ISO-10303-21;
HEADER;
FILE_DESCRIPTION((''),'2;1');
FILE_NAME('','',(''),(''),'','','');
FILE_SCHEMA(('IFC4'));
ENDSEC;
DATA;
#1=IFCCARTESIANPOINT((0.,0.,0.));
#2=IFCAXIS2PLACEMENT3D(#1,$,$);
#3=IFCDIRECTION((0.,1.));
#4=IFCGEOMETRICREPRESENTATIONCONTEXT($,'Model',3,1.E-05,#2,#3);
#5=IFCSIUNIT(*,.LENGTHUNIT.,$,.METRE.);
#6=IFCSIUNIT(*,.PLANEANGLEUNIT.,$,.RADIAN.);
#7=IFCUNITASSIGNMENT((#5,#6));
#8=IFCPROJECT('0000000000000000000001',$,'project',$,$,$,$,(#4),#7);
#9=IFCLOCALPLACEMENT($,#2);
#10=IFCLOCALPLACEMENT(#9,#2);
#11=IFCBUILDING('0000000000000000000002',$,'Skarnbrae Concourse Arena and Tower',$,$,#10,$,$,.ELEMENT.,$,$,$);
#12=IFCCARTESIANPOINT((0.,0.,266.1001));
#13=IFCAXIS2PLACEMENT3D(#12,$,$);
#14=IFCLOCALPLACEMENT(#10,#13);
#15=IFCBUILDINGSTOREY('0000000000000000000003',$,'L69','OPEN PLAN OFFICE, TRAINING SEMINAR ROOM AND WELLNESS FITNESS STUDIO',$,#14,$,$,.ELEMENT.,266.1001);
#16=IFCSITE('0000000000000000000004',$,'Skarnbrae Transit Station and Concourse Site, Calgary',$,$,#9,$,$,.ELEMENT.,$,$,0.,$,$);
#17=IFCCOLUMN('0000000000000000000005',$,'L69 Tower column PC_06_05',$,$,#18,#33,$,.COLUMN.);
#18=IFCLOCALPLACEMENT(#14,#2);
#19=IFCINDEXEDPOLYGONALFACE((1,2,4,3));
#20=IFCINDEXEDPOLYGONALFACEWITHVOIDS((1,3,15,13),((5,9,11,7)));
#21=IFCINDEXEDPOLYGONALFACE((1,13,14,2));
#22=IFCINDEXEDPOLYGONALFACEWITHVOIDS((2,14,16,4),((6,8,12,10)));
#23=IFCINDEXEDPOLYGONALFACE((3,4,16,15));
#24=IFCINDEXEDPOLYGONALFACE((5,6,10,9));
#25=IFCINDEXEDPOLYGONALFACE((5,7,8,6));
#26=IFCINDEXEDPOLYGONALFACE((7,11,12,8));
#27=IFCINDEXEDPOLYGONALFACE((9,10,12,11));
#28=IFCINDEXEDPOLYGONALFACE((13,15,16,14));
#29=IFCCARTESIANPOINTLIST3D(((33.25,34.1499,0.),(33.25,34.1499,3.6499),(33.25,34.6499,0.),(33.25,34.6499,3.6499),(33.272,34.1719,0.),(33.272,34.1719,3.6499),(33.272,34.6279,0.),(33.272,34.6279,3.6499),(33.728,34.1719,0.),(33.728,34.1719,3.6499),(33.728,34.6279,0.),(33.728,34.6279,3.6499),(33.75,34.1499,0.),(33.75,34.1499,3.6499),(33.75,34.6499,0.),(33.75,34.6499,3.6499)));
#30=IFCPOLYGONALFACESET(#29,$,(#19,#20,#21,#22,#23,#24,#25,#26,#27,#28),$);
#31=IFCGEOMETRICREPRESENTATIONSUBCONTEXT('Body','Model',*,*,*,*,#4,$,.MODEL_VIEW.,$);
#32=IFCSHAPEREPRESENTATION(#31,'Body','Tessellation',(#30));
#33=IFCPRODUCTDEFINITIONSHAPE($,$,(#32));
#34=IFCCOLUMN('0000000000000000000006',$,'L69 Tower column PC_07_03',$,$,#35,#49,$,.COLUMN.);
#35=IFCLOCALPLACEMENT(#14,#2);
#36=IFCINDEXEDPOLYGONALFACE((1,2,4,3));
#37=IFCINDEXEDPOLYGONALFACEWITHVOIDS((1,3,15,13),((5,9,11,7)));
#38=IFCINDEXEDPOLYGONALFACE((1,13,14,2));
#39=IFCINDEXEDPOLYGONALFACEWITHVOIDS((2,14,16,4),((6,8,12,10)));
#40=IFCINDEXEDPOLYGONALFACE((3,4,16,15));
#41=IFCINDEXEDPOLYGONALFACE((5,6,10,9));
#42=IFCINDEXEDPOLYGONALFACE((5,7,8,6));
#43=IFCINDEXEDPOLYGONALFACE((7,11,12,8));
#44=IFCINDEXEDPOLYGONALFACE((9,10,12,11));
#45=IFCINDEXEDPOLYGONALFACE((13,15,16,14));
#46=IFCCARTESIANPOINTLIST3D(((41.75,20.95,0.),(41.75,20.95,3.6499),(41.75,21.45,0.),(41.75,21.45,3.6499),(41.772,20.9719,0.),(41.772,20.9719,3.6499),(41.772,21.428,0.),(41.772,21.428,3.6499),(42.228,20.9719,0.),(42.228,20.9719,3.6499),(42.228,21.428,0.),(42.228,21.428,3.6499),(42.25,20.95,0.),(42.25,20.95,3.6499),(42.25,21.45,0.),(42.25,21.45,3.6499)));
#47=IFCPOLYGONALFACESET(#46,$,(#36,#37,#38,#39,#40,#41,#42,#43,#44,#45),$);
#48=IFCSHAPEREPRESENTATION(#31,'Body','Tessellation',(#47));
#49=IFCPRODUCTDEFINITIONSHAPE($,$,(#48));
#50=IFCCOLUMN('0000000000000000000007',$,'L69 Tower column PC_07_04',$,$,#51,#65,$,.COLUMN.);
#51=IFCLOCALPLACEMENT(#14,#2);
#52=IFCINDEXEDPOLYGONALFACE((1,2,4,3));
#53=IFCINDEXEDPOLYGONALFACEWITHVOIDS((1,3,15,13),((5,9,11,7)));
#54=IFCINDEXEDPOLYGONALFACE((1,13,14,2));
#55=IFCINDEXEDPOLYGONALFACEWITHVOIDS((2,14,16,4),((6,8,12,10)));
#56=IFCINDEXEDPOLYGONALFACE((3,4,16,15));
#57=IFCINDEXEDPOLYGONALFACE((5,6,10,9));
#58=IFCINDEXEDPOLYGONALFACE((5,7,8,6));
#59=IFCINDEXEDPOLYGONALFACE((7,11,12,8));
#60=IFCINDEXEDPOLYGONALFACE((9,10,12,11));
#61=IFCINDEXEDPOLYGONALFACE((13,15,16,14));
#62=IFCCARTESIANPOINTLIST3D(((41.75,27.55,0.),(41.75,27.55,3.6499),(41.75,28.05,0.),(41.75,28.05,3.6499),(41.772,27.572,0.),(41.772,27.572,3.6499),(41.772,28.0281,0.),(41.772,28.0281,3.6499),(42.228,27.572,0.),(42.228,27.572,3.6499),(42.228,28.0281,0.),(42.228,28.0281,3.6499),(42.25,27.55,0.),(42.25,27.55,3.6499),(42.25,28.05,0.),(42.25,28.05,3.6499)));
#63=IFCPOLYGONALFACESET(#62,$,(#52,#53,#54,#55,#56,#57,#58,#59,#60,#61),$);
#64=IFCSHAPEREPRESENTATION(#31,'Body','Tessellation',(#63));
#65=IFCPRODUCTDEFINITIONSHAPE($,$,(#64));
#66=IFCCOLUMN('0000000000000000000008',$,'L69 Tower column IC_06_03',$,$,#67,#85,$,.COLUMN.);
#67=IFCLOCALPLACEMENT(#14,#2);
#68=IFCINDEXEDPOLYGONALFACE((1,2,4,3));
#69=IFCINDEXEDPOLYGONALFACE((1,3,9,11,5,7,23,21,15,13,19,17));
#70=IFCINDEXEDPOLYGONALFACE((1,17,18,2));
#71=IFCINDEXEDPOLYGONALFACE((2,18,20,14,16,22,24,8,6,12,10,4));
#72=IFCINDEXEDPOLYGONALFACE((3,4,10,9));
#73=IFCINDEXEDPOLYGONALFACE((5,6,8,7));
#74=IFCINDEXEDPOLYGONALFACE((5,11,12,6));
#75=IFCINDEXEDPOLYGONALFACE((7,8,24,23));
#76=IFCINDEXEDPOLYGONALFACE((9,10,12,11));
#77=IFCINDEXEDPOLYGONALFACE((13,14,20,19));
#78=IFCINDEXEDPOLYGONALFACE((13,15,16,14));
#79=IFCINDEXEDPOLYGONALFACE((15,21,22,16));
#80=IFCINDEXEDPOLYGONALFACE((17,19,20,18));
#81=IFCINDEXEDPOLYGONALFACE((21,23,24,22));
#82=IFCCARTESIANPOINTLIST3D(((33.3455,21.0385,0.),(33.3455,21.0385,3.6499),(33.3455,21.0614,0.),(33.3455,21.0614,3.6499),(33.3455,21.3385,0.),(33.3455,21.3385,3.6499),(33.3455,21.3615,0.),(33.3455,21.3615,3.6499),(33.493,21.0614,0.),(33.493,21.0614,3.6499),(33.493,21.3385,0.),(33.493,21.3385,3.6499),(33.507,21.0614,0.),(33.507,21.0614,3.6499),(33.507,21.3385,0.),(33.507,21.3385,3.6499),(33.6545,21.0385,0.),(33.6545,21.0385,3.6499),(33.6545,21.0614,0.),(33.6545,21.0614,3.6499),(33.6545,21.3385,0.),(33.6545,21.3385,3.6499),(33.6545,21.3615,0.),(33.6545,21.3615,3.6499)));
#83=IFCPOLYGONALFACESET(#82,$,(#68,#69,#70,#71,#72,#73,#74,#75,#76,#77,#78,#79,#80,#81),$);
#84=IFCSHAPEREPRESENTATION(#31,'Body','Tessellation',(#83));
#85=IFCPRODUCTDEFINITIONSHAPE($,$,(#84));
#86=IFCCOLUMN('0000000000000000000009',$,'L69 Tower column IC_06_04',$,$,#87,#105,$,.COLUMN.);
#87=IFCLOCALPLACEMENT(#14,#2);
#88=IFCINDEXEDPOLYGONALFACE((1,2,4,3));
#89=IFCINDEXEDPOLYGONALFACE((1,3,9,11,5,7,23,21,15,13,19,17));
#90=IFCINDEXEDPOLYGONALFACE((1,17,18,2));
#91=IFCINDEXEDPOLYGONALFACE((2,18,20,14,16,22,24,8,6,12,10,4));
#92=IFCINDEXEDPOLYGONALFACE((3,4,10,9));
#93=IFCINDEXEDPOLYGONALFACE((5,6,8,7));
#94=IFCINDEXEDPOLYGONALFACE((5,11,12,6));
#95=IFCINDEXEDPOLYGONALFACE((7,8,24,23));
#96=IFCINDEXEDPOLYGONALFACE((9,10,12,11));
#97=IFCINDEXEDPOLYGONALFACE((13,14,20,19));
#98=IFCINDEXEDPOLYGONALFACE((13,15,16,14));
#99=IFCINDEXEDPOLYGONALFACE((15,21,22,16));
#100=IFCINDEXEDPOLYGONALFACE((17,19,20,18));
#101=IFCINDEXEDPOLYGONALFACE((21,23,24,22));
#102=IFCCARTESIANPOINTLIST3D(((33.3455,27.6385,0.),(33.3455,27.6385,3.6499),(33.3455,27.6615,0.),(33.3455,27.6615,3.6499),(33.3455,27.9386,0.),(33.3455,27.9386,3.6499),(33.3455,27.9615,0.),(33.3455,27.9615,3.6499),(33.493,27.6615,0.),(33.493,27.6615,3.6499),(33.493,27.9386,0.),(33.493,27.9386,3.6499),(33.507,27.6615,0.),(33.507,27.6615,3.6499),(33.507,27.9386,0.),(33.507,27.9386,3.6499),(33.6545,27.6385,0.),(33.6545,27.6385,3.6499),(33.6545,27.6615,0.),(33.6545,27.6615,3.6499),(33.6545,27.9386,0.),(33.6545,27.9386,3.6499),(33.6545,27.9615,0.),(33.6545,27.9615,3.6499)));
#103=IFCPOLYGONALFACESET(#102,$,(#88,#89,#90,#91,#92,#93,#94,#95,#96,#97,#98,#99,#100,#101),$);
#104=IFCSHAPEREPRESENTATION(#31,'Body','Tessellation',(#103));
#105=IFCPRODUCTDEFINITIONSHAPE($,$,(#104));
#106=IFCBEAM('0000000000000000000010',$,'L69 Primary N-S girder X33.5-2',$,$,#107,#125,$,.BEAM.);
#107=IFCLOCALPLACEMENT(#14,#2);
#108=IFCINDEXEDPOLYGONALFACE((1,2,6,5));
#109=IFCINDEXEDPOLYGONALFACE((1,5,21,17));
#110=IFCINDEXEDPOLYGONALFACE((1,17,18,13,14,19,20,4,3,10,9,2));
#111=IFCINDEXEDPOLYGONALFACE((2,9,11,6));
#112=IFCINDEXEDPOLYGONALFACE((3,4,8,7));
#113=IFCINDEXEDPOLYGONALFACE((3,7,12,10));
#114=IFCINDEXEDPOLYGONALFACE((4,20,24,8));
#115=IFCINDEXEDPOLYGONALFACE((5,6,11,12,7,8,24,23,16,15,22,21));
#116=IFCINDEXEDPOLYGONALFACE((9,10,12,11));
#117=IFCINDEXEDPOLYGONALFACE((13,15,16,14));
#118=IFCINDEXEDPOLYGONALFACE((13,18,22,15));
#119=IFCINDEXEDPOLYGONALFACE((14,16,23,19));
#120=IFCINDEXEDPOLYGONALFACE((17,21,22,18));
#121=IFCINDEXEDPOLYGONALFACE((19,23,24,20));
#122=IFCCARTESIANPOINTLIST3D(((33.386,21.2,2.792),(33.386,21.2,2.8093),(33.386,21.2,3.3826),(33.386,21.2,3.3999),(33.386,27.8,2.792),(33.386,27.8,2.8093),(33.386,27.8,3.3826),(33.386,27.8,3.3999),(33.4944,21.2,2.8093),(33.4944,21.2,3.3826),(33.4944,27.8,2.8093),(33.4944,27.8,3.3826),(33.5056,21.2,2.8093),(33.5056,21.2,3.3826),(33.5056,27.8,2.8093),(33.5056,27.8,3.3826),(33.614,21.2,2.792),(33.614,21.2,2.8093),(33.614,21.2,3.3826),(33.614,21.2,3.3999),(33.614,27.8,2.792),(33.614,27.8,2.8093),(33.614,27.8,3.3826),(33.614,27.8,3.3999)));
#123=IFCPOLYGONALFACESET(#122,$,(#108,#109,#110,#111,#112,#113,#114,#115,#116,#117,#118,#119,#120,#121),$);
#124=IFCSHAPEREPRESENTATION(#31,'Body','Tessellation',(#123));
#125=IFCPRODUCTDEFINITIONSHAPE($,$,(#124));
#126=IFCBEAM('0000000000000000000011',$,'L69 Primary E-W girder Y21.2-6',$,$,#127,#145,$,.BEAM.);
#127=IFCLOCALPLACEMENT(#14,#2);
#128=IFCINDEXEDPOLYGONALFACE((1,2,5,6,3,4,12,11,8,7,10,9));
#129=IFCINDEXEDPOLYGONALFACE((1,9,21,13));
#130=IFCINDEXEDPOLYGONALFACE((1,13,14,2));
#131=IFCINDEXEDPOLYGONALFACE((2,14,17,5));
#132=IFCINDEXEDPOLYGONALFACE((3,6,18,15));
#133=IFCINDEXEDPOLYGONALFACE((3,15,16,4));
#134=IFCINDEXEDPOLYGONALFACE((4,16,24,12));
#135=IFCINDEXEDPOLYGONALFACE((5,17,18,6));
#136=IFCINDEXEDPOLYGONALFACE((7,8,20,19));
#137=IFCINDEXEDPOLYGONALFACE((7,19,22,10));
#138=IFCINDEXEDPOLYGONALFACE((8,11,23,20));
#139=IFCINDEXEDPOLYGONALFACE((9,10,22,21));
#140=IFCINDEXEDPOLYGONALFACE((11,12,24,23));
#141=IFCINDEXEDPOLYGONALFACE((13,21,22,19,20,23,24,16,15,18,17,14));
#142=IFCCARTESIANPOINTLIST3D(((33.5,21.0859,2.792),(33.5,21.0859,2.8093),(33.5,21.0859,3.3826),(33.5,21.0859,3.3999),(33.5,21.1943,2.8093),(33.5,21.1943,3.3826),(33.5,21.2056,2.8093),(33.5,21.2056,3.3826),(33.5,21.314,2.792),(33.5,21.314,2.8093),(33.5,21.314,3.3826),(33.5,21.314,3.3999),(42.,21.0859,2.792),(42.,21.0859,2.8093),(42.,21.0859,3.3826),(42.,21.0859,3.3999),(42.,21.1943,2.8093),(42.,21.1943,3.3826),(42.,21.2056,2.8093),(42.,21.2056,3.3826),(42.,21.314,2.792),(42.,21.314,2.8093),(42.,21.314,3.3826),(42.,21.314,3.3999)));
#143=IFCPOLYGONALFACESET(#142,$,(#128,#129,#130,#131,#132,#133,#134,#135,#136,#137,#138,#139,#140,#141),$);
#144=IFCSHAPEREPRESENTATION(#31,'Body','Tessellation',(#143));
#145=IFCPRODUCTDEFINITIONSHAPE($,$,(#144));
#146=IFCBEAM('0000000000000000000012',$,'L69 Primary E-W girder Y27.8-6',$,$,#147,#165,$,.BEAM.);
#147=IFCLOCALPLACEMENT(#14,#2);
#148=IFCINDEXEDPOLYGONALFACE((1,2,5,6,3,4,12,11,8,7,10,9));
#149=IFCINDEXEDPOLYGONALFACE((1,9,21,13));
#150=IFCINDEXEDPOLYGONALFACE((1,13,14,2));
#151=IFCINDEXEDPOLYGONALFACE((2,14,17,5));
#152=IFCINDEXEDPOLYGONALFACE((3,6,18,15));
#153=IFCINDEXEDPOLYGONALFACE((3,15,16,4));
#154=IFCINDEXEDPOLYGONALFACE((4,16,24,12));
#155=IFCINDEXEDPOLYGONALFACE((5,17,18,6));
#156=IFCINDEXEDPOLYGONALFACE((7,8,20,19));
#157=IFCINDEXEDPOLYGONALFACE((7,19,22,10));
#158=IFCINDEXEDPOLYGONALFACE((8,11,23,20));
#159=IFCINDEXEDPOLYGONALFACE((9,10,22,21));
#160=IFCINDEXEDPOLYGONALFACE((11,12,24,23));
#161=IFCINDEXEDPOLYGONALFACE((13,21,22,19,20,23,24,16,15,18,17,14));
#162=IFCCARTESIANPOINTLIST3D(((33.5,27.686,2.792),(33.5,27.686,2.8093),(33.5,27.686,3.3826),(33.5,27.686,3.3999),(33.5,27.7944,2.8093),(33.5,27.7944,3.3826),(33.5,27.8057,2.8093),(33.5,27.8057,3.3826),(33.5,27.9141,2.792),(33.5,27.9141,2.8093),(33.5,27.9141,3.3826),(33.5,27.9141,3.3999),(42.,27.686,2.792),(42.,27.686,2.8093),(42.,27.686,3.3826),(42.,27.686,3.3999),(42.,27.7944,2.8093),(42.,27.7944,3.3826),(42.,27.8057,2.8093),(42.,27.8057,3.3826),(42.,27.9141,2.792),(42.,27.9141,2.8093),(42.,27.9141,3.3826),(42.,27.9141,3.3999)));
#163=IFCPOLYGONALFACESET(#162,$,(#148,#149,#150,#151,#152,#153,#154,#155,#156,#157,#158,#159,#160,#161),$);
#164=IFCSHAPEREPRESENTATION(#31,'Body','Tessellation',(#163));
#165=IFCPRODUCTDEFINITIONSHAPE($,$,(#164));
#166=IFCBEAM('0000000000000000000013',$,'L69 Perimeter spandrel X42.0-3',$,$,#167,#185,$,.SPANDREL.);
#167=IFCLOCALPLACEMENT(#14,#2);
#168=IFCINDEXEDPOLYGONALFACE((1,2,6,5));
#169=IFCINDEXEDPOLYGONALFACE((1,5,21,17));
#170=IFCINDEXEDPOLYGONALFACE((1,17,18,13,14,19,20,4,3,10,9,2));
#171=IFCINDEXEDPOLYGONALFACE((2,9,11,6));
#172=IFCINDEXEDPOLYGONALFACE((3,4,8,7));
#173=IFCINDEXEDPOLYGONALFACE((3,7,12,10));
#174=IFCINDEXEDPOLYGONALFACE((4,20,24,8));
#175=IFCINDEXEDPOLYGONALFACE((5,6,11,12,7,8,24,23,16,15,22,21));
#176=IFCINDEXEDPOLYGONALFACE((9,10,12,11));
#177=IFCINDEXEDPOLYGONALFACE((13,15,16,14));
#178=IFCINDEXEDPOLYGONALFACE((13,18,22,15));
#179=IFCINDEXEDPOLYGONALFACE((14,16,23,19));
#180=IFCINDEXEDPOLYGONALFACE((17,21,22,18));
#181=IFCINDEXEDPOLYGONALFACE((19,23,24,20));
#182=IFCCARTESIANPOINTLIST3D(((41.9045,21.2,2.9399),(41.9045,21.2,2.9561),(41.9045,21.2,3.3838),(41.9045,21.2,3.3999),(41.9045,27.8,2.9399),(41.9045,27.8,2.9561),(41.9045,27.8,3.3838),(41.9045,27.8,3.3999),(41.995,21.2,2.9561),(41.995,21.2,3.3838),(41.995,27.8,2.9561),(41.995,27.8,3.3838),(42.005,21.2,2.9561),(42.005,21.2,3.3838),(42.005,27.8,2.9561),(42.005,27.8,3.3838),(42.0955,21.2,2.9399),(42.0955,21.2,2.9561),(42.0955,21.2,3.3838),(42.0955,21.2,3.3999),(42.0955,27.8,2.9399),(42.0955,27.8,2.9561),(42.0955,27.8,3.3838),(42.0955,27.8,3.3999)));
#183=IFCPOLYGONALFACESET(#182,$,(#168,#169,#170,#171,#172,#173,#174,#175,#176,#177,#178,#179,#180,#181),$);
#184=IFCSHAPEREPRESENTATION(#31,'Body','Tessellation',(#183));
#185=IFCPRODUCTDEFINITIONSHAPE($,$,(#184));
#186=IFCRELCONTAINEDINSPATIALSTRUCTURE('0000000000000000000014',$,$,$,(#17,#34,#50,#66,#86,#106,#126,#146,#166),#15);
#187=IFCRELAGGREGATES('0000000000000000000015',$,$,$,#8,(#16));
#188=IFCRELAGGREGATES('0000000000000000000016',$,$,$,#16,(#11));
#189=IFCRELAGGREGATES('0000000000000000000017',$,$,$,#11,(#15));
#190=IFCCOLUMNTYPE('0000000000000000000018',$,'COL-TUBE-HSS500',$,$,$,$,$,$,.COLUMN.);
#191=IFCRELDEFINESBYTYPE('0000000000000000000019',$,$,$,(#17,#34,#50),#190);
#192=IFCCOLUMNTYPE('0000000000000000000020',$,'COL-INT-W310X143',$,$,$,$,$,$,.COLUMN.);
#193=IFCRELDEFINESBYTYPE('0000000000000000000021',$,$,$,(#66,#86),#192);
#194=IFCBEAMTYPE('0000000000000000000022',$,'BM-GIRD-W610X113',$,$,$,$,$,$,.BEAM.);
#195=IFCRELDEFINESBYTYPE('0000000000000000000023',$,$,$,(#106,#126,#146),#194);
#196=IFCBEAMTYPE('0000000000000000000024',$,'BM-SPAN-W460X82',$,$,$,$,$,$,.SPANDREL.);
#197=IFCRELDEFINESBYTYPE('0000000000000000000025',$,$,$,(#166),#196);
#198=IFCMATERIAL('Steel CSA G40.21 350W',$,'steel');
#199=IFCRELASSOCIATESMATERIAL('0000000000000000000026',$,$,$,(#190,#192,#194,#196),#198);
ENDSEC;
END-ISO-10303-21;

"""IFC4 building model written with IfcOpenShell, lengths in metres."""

from ifc_helpers import new_model, si_unit, direction, frame, origin, origin_2d, place, context, subcontext, project, spatial, hollow_rectangle, i_section, extrude, source, transform, mapped, material, material_profile, profile_set, type_object, element, save


model = new_model("IFC4")

# Units and contexts
model_context = context("Model", 3, precision=1e-05, world=origin(), true_north=direction((0.0, 1.0)))
body_context = subcontext(model_context, "Body", "Model", "MODEL_VIEW")
ifc_project = project(units=[si_unit("LENGTHUNIT", "METRE"), si_unit("PLANEANGLEUNIT", "RADIAN")], contexts=[model_context])

# Site, building, storey
site_placement = place(None, origin())
site = spatial("IfcSite", under=ifc_project, at=site_placement, Name="Skarnbrae Transit Station and Concourse Site, Calgary", CompositionType="ELEMENT", RefElevation=0.0)
building_placement = place(site_placement, origin())
building = spatial("IfcBuilding", under=site, at=building_placement, Name="Skarnbrae Concourse Arena and Tower", CompositionType="ELEMENT")
storey_placement = place(building_placement, frame((0.0, 0.0, 266.1001)))
storey = spatial("IfcBuildingStorey", under=building, at=storey_placement, Name="L69", Description="OPEN PLAN OFFICE, TRAINING SEMINAR ROOM AND WELLNESS FITNESS STUDIO", CompositionType="ELEMENT", Elevation=266.1001)

# Columns
ifc_material_1 = material(Name="Steel CSA G40.21 350W", Category="steel")
ifc_material_profile_1 = material_profile(ifc_material_1, hollow_rectangle(XDim=0.5, YDim=0.5, WallThickness=0.022, at=origin_2d()), Name="HSS500X500X22.0")
ifc_profile_set_1 = profile_set([ifc_material_profile_1], Name="Steel CSA G40.21 350W")
column_type_1 = type_object("IfcColumnType", Name="COL-TUBE-HSS500", PredefinedType="COLUMN", material=ifc_profile_set_1)
shared_shape_1 = source(origin(), body_context, "Body", "SweptSolid", [
    extrude(hollow_rectangle(XDim=0.5, YDim=0.5, WallThickness=0.022, at=origin_2d()), origin(), (0.0, 0.0, 1.0), 3.6499),
])
for number, where, z_axis, x_axis, name in (
    (1, (33.5, 34.3999, 0.0), (0.0, 0.0, 1.0), (1.0, 0.0, 0.0), "L69 Tower column PC_06_05"),
    (2, (42.0, 21.2, 0.0), (0.0, 0.0, 1.0), (1.0, 0.0, 0.0), "L69 Tower column PC_07_03"),
    (3, (42.0, 27.8, 0.0), (0.0, 0.0, 1.0), (1.0, 0.0, 0.0), "L69 Tower column PC_07_04"),
):
    element("IfcColumn", number, at=place(storey_placement, frame(where, z_axis=z_axis, x_axis=x_axis)), inside=storey, type_object=column_type_1, Name=name, PredefinedType="COLUMN", context=body_context, shape_type="MappedRepresentation", body=[
        mapped(shared_shape_1, transform((0.0, 0.0, 0.0))),
    ])
ifc_material_profile_2 = material_profile(ifc_material_1, i_section(OverallWidth=0.3091, OverallDepth=0.323, WebThickness=0.0139, FlangeThickness=0.0229, at=origin_2d()), Name="W310X143")
ifc_profile_set_2 = profile_set([ifc_material_profile_2], Name="Steel CSA G40.21 350W")
column_type_2 = type_object("IfcColumnType", Name="COL-INT-W310X143", PredefinedType="COLUMN", material=ifc_profile_set_2)
shared_shape_2 = source(origin(), body_context, "Body", "SweptSolid", [
    extrude(i_section(OverallWidth=0.3091, OverallDepth=0.323, WebThickness=0.0139, FlangeThickness=0.0229, at=origin_2d()), origin(), (0.0, 0.0, 1.0), 3.6499),
])
for number, where, z_axis, x_axis, name in (
    (4, (33.5, 21.2, 0.0), (0.0, 0.0, 1.0), (1.0, 0.0, 0.0), "L69 Tower column IC_06_03"),
    (5, (33.5, 27.8, 0.0), (0.0, 0.0, 1.0), (1.0, 0.0, 0.0), "L69 Tower column IC_06_04"),
):
    element("IfcColumn", number, at=place(storey_placement, frame(where, z_axis=z_axis, x_axis=x_axis)), inside=storey, type_object=column_type_2, Name=name, PredefinedType="COLUMN", context=body_context, shape_type="MappedRepresentation", body=[
        mapped(shared_shape_2, transform((0.0, 0.0, 0.0))),
    ])

# Beams
ifc_material_profile_3 = material_profile(ifc_material_1, i_section(OverallWidth=0.228, OverallDepth=0.6079, WebThickness=0.0112, FlangeThickness=0.0173, at=origin_2d()), Name="W610X113")
ifc_profile_set_3 = profile_set([ifc_material_profile_3], Name="Steel CSA G40.21 350W")
beam_type_1 = type_object("IfcBeamType", Name="BM-GIRD-W610X113", PredefinedType="BEAM", material=ifc_profile_set_3)
shared_shape_3 = source(origin(), body_context, "Body", "SweptSolid", [
    extrude(i_section(OverallWidth=0.228, OverallDepth=0.6079, WebThickness=0.0112, FlangeThickness=0.0173, at=origin_2d()), origin(), (0.0, 0.0, 1.0), 6.6001),
])
beam_1_placement = place(storey_placement, frame((33.5, 21.2, 3.0959), z_axis=(0.0, 1.0, 0.0), x_axis=(-1.0, 0.0, 0.0)))
element("IfcBeam", 6, at=beam_1_placement, inside=storey, type_object=beam_type_1, Name="L69 Primary N-S girder X33.5-2", PredefinedType="BEAM", context=body_context, shape_type="MappedRepresentation", body=[
    mapped(shared_shape_3, transform((0.0, 0.0, 0.0))),
])
shared_shape_4 = source(origin(), body_context, "Body", "SweptSolid", [
    extrude(i_section(OverallWidth=0.228, OverallDepth=0.6079, WebThickness=0.0112, FlangeThickness=0.0173, at=origin_2d()), origin(), (0.0, 0.0, 1.0), 8.5),
])
for number, where, z_axis, x_axis, name in (
    (7, (33.5, 21.2, 3.0959), (1.0, 0.0, 0.0), (0.0, 1.0, 0.0), "L69 Primary E-W girder Y21.2-6"),
    (8, (33.5, 27.8, 3.0959), (1.0, 0.0, 0.0), (0.0, 1.0, 0.0), "L69 Primary E-W girder Y27.8-6"),
):
    element("IfcBeam", number, at=place(storey_placement, frame(where, z_axis=z_axis, x_axis=x_axis)), inside=storey, type_object=beam_type_1, Name=name, PredefinedType="BEAM", context=body_context, shape_type="MappedRepresentation", body=[
        mapped(shared_shape_4, transform((0.0, 0.0, 0.0))),
    ])
ifc_material_profile_4 = material_profile(ifc_material_1, i_section(OverallWidth=0.1909, OverallDepth=0.46, WebThickness=0.01, FlangeThickness=0.0161, at=origin_2d()), Name="W460X82")
ifc_profile_set_4 = profile_set([ifc_material_profile_4], Name="Steel CSA G40.21 350W")
beam_type_2 = type_object("IfcBeamType", Name="BM-SPAN-W460X82", PredefinedType="SPANDREL", material=ifc_profile_set_4)
shared_shape_5 = source(origin(), body_context, "Body", "SweptSolid", [
    extrude(i_section(OverallWidth=0.1909, OverallDepth=0.46, WebThickness=0.01, FlangeThickness=0.0161, at=origin_2d()), origin(), (0.0, 0.0, 1.0), 6.6001),
])
beam_2_placement = place(storey_placement, frame((42.0, 21.2, 3.1699), z_axis=(0.0, 1.0, 0.0), x_axis=(-1.0, 0.0, 0.0)))
element("IfcBeam", 9, at=beam_2_placement, inside=storey, type_object=beam_type_2, Name="L69 Perimeter spandrel X42.0-3", PredefinedType="SPANDREL", context=body_context, shape_type="MappedRepresentation", body=[
    mapped(shared_shape_5, transform((0.0, 0.0, 0.0))),
])

save(model, "model.ifc")
